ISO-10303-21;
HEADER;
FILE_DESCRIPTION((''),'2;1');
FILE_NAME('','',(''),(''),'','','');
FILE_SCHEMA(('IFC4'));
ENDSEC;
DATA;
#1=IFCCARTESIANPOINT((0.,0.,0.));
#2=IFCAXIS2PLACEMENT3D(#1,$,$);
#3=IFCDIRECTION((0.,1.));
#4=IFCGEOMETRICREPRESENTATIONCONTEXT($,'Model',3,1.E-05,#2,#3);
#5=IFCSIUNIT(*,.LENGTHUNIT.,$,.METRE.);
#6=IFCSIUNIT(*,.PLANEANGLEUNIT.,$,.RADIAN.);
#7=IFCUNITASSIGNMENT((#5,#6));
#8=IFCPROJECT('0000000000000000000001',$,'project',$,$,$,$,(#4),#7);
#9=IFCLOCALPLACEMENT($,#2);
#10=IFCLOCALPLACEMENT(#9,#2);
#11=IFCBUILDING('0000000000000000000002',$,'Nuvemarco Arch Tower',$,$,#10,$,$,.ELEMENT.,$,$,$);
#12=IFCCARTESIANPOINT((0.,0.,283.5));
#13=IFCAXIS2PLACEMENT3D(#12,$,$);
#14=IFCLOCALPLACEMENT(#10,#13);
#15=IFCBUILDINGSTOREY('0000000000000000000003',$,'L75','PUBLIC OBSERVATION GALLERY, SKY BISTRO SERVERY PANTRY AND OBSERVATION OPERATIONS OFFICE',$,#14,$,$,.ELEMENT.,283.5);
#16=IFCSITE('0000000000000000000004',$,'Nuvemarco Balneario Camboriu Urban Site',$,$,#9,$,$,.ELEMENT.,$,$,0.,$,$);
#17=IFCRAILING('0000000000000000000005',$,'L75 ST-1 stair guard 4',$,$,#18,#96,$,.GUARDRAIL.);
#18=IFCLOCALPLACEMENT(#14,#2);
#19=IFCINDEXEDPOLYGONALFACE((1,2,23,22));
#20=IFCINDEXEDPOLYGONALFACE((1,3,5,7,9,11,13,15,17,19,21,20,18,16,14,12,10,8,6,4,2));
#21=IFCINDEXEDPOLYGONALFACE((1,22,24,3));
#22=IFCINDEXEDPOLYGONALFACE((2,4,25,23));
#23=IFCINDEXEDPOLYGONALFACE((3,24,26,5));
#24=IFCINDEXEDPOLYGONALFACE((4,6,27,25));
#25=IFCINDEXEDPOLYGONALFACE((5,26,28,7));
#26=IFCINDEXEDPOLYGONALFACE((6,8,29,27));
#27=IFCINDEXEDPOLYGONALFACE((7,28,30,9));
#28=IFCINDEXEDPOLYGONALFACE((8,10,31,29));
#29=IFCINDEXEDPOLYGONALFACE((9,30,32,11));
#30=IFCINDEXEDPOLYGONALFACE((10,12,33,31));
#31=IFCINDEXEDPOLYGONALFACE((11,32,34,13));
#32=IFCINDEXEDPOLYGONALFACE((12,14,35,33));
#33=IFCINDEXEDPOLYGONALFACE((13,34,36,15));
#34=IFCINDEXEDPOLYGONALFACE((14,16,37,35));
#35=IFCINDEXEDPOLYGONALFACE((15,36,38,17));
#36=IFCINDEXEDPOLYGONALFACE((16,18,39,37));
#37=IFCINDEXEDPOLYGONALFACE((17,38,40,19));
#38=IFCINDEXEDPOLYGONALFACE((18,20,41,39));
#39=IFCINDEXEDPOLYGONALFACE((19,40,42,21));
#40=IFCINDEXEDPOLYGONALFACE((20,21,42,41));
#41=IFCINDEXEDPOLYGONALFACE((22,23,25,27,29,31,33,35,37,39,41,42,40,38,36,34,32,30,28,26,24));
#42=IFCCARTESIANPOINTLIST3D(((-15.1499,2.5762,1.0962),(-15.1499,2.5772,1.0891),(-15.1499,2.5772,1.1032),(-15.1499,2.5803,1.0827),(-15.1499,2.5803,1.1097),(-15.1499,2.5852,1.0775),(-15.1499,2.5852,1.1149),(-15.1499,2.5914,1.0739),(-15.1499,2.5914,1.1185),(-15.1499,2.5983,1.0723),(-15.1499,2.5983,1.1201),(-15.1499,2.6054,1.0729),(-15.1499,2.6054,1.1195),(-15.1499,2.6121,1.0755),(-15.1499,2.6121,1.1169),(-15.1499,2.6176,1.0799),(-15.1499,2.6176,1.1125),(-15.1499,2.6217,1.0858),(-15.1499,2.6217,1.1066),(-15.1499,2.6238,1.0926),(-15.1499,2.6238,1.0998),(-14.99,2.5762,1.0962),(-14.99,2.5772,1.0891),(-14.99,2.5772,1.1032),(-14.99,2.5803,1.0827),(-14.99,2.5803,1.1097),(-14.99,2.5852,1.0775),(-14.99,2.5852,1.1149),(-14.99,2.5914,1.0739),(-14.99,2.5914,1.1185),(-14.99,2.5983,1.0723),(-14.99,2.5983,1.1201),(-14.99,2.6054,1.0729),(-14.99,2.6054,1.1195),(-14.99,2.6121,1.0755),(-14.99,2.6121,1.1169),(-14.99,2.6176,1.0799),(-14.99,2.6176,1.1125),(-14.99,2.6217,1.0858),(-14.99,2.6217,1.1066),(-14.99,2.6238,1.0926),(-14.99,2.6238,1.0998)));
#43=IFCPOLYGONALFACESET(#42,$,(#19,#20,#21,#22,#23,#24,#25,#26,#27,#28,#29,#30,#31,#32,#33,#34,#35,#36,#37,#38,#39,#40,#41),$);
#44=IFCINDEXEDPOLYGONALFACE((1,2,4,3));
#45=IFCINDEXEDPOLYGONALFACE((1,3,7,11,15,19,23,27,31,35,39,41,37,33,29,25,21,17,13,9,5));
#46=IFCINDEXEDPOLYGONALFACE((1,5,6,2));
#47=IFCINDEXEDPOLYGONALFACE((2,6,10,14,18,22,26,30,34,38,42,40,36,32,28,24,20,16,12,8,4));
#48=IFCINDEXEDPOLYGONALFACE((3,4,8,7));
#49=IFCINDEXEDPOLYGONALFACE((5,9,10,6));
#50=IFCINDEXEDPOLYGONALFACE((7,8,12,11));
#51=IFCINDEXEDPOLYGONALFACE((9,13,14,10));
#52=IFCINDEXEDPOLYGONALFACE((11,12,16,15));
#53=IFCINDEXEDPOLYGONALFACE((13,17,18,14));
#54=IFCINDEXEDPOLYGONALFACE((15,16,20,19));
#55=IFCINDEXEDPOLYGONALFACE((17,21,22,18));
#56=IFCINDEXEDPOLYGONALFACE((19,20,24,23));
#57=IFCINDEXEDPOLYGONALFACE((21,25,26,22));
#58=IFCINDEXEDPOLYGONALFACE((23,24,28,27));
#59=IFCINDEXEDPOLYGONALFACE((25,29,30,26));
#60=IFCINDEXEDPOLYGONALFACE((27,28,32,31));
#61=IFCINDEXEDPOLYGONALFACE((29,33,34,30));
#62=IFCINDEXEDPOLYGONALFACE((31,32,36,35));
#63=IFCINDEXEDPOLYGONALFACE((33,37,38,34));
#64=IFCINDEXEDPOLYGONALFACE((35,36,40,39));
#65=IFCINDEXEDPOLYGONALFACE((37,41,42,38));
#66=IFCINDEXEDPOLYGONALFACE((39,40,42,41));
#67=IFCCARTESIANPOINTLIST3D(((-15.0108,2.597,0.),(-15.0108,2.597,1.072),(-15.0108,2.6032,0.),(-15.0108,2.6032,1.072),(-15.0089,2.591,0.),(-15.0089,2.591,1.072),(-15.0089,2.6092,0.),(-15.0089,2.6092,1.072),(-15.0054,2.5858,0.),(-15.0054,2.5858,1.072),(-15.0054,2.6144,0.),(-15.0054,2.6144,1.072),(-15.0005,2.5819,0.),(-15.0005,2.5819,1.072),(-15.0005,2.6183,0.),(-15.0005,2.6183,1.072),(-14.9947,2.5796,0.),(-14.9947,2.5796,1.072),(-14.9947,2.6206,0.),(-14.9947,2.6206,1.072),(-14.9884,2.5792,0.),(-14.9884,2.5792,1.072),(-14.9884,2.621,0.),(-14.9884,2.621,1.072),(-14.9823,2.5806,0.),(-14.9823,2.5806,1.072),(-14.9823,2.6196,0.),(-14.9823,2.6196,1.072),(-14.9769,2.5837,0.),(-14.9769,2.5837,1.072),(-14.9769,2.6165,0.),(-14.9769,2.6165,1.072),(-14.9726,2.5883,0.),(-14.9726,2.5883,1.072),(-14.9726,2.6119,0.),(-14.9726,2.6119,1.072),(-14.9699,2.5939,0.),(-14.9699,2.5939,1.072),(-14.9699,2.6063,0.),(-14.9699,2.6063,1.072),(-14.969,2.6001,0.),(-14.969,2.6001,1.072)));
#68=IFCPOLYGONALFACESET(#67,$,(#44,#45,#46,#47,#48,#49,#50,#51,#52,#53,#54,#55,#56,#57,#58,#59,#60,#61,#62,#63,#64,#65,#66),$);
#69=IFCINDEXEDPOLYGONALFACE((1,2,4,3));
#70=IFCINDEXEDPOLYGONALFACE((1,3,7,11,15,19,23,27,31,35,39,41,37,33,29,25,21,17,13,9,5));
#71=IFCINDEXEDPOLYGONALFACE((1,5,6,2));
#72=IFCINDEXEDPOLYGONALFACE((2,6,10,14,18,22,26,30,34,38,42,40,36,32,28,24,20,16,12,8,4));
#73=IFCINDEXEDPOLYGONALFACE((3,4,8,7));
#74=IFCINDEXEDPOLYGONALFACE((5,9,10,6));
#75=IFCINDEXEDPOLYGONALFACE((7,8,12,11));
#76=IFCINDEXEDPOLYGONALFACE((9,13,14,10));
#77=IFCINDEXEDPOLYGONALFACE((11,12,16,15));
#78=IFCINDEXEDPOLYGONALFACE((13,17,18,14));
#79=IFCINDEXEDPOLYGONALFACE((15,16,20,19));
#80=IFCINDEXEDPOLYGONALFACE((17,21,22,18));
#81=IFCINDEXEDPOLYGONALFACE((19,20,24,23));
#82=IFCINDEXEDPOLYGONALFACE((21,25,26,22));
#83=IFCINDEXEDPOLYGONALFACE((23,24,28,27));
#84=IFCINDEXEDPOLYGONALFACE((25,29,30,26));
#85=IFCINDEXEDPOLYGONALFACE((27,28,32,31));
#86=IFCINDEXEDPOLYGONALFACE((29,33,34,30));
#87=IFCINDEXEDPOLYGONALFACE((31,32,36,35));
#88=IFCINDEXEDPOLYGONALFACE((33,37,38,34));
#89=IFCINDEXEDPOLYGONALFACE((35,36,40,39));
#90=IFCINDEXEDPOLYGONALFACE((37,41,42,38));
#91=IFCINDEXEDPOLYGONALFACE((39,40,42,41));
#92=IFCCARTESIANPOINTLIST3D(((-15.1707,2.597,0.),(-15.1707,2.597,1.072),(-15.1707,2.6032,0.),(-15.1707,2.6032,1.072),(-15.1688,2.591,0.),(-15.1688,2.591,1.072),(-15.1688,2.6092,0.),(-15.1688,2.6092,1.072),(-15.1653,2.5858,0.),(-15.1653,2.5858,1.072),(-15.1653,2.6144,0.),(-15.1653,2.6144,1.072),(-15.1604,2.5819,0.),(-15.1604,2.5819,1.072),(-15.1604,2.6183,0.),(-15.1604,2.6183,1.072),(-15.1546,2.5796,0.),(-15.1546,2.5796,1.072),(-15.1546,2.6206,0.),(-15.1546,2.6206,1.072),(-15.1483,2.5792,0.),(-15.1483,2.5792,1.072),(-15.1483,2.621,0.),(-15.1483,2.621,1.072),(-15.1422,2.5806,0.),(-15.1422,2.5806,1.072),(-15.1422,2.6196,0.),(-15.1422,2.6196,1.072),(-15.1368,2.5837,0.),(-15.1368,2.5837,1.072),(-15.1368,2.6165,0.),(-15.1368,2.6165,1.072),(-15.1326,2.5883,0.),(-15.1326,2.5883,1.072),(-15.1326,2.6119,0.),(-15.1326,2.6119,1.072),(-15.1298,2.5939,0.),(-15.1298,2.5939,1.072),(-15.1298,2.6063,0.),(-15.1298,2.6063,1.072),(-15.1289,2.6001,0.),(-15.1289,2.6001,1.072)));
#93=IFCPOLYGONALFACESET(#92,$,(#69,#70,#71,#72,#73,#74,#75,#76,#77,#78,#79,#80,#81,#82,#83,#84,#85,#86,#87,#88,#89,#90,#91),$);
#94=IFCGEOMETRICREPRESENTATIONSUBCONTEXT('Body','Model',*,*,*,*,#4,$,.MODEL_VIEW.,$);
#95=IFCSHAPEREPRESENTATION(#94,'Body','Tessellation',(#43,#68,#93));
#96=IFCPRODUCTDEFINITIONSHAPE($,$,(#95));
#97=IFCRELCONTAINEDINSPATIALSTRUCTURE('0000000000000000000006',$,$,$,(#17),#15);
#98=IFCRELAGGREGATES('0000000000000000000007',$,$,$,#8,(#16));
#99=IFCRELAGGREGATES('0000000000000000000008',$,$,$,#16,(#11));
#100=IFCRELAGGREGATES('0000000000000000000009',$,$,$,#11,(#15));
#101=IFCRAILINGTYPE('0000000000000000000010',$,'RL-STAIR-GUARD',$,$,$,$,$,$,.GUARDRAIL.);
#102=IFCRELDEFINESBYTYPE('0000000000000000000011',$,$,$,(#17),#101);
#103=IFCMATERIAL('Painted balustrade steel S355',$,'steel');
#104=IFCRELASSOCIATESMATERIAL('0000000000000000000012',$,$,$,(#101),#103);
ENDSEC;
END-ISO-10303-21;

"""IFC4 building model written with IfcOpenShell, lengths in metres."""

from ifc_helpers import new_model, si_unit, direction, frame, origin, origin_2d, place, context, subcontext, project, spatial, circle, extrude, material, type_object, element, save


model = new_model("IFC4")

# Units and contexts
model_context = context("Model", 3, precision=1e-05, world=origin(), true_north=direction((0.0, 1.0)))
body_context = subcontext(model_context, "Body", "Model", "MODEL_VIEW")
ifc_project = project(units=[si_unit("LENGTHUNIT", "METRE"), si_unit("PLANEANGLEUNIT", "RADIAN")], contexts=[model_context])

# Site, building, storey
site_placement = place(None, origin())
site = spatial("IfcSite", under=ifc_project, at=site_placement, Name="Nuvemarco Balneario Camboriu Urban Site", CompositionType="ELEMENT", RefElevation=0.0)
building_placement = place(site_placement, origin())
building = spatial("IfcBuilding", under=site, at=building_placement, Name="Nuvemarco Arch Tower", CompositionType="ELEMENT")
storey_placement = place(building_placement, frame((0.0, 0.0, 283.5)))
storey = spatial("IfcBuildingStorey", under=building, at=storey_placement, Name="L75", Description="PUBLIC OBSERVATION GALLERY, SKY BISTRO SERVERY PANTRY AND OBSERVATION OPERATIONS OFFICE", CompositionType="ELEMENT", Elevation=283.5)

# Railing
ifc_material_1 = material(Name="Painted balustrade steel S355", Category="steel")
railing_type_1 = type_object("IfcRailingType", Name="RL-STAIR-GUARD", PredefinedType="GUARDRAIL", material=ifc_material_1)
railing_1_placement = place(storey_placement, frame((-14.99, 2.6001, 0.0)))
element("IfcRailing", 1, at=railing_1_placement, inside=storey, type_object=railing_type_1, Name="L75 ST-1 stair guard 4", PredefinedType="GUARDRAIL", context=body_context, shape_type="SweptSolid", body=[
    extrude(circle(Radius=0.0239, at=origin_2d()), frame((0.0, 0.0, 1.0962), z_axis=(-1.0, 0.0, 0.0), x_axis=(0.0, -1.0, 0.0)), (0.0, 0.0, 1.0), 0.1599),
    extrude(circle(Radius=0.021, at=origin_2d()), origin(), (0.0, 0.0, 1.0), 1.072),
    extrude(circle(Radius=0.021, at=origin_2d()), frame((-0.1599, 0.0, 0.0)), (0.0, 0.0, 1.0), 1.072),
])

save(model, "model.ifc")
